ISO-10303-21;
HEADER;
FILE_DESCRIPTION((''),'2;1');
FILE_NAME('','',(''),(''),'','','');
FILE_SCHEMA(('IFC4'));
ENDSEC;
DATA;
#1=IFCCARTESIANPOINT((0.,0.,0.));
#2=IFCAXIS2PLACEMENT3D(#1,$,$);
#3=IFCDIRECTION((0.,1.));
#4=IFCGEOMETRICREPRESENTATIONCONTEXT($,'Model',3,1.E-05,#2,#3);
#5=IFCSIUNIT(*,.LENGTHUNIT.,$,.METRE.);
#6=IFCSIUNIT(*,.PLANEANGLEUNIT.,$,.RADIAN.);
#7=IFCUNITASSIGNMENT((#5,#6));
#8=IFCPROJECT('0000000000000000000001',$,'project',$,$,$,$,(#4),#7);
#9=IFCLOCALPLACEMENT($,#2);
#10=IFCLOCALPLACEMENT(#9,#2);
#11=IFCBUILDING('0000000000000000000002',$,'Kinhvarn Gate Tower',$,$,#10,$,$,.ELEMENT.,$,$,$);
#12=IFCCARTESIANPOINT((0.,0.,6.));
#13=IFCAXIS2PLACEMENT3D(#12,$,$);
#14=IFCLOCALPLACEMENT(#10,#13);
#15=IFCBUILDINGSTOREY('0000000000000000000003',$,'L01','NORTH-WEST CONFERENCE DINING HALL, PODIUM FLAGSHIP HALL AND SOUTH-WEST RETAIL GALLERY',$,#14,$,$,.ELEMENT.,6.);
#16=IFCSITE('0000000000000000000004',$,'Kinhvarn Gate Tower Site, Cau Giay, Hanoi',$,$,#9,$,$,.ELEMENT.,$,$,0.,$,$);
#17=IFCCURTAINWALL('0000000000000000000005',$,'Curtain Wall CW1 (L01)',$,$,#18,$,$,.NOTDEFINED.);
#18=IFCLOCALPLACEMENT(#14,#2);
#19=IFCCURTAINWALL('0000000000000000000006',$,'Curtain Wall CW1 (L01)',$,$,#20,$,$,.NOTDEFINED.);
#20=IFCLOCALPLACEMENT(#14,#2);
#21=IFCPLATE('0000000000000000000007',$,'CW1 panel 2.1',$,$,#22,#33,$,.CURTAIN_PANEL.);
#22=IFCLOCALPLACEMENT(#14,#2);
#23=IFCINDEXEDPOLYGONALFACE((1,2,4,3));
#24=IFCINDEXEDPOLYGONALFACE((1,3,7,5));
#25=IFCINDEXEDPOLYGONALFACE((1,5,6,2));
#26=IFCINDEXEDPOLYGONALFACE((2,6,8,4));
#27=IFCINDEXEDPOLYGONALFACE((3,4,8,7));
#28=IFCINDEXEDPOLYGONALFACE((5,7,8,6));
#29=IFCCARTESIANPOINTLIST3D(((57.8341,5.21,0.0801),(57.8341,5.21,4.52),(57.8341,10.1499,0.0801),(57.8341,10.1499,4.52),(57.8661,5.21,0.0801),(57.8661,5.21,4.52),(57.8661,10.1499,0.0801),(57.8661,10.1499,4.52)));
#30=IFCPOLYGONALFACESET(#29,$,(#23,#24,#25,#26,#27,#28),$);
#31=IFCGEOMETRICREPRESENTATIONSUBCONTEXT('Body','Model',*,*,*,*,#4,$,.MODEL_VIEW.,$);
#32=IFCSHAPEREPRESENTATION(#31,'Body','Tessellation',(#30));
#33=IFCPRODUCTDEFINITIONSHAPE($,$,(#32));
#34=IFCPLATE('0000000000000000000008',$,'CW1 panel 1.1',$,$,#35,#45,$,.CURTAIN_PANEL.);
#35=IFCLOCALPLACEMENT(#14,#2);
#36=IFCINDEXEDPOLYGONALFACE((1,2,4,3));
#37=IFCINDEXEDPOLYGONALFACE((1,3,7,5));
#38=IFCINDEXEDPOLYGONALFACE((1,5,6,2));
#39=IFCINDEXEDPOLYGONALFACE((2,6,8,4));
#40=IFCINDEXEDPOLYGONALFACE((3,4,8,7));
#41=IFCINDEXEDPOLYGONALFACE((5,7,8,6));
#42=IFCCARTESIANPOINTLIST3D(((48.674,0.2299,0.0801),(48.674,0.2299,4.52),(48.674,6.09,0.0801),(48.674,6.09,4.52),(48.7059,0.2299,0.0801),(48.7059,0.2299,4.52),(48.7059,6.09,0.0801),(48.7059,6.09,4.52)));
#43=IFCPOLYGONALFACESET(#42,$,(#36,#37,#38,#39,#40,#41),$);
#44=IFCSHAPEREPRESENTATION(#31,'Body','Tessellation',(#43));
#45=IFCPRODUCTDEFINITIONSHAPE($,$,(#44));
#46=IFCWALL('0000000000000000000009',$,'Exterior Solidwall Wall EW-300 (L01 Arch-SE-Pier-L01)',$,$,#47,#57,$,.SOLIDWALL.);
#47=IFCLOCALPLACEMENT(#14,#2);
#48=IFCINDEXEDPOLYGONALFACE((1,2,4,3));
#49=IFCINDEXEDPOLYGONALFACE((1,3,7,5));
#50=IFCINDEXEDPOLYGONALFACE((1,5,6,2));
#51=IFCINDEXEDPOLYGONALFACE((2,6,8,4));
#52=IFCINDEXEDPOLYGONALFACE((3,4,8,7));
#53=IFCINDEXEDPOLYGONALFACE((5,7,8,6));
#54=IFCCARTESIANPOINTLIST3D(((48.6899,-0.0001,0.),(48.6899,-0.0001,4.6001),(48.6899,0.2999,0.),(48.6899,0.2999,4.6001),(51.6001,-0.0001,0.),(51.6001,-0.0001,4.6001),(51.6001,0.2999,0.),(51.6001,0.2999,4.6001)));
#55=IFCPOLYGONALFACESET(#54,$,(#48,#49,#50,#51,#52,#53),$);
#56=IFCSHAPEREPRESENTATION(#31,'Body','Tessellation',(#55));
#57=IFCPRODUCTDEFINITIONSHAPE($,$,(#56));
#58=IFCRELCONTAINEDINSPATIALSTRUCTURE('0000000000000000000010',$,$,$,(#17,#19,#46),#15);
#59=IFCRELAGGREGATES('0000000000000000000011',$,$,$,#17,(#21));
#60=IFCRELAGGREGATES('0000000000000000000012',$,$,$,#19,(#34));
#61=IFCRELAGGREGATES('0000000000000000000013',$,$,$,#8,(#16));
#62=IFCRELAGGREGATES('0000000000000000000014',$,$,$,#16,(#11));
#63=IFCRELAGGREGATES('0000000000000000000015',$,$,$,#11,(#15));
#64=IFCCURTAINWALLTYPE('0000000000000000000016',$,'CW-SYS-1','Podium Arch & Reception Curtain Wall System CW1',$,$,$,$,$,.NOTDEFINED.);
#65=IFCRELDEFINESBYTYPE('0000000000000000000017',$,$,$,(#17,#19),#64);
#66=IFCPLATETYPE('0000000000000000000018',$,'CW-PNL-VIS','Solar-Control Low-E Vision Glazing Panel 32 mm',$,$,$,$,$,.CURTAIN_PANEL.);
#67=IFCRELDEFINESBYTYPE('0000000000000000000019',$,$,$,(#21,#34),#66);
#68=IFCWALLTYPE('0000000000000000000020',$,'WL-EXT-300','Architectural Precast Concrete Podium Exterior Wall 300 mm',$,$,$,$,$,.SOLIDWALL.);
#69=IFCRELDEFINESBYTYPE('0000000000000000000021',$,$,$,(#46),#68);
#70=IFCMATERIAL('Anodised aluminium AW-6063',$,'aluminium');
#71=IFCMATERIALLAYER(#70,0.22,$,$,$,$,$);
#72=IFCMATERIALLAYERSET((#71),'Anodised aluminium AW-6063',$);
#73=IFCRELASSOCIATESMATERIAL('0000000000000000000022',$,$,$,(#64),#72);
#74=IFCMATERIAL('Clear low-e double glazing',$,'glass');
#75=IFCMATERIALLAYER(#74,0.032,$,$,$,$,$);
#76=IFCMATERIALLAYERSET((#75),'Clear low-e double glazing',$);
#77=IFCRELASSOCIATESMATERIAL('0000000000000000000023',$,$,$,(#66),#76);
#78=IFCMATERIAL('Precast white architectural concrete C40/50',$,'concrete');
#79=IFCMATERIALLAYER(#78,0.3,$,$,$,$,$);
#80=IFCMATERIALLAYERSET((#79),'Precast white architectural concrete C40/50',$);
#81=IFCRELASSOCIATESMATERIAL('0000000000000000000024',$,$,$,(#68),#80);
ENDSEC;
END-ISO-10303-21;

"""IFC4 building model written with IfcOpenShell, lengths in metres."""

from ifc_helpers import new_model, si_unit, direction, frame, frame_2d, origin, origin_2d, place, context, subcontext, project, spatial, rectangle, extrude, material, layer, layer_set, type_object, element, aggregate, save


model = new_model("IFC4")

# Units and contexts
model_context = context("Model", 3, precision=1e-05, world=origin(), true_north=direction((0.0, 1.0)))
body_context = subcontext(model_context, "Body", "Model", "MODEL_VIEW")
ifc_project = project(units=[si_unit("LENGTHUNIT", "METRE"), si_unit("PLANEANGLEUNIT", "RADIAN")], contexts=[model_context])

# Site, building, storey
site_placement = place(None, origin())
site = spatial("IfcSite", under=ifc_project, at=site_placement, Name="Kinhvarn Gate Tower Site, Cau Giay, Hanoi", CompositionType="ELEMENT", RefElevation=0.0)
building_placement = place(site_placement, origin())
building = spatial("IfcBuilding", under=site, at=building_placement, Name="Kinhvarn Gate Tower", CompositionType="ELEMENT")
storey_placement = place(building_placement, frame((0.0, 0.0, 6.0)))
storey = spatial("IfcBuildingStorey", under=building, at=storey_placement, Name="L01", Description="NORTH-WEST CONFERENCE DINING HALL, PODIUM FLAGSHIP HALL AND SOUTH-WEST RETAIL GALLERY", CompositionType="ELEMENT", Elevation=6.0)

# Curtain wall
ifc_material_1 = material(Name="Anodised aluminium AW-6063", Category="aluminium")
ifc_layer_1 = layer(ifc_material_1, 0.22)
ifc_layer_set_1 = layer_set([ifc_layer_1], Name="Anodised aluminium AW-6063")
curtain_wall_type = type_object("IfcCurtainWallType", Name="CW-SYS-1", Description="Podium Arch & Reception Curtain Wall System CW1", PredefinedType="NOTDEFINED", material=ifc_layer_set_1)
curtain_wall_1_placement = place(storey_placement, origin())
curtain_wall_1 = element("IfcCurtainWall", 1, at=curtain_wall_1_placement, inside=storey, type_object=curtain_wall_type, Name="Curtain Wall CW1 (L01)", PredefinedType="NOTDEFINED")

# Curtain wall
curtain_wall_2_placement = place(storey_placement, origin())
curtain_wall_2 = element("IfcCurtainWall", 2, at=curtain_wall_2_placement, inside=storey, type_object=curtain_wall_type, Name="Curtain Wall CW1 (L01)", PredefinedType="NOTDEFINED")

# Plates
ifc_material_2 = material(Name="Clear low-e double glazing", Category="glass")
ifc_layer_2 = layer(ifc_material_2, 0.032)
ifc_layer_set_2 = layer_set([ifc_layer_2], Name="Clear low-e double glazing")
plate_type = type_object("IfcPlateType", Name="CW-PNL-VIS", Description="Solar-Control Low-E Vision Glazing Panel 32 mm", PredefinedType="CURTAIN_PANEL", material=ifc_layer_set_2)
plate_1_placement = place(storey_placement, frame((57.8501, 7.6799, 0.0801), z_axis=(0.0, 0.0, 1.0), x_axis=(0.0, 1.0, 0.0)))
plate_1 = element("IfcPlate", 3, at=plate_1_placement, type_object=plate_type, Name="CW1 panel 2.1", PredefinedType="CURTAIN_PANEL", context=body_context, shape_type="SweptSolid", body=[
    extrude(rectangle(XDim=4.9399, YDim=0.032, at=origin_2d()), origin(), (0.0, 0.0, 1.0), 4.4399),
])
aggregate(curtain_wall_1, [plate_1])
plate_2_placement = place(storey_placement, frame((48.6899, 3.1599, 0.0801), z_axis=(0.0, 0.0, 1.0), x_axis=(0.0, -1.0, 0.0)))
plate_2 = element("IfcPlate", 4, at=plate_2_placement, type_object=plate_type, Name="CW1 panel 1.1", PredefinedType="CURTAIN_PANEL", context=body_context, shape_type="SweptSolid", body=[
    extrude(rectangle(XDim=5.8601, YDim=0.032, at=origin_2d()), origin(), (0.0, 0.0, 1.0), 4.4399),
])
aggregate(curtain_wall_2, [plate_2])

# Wall
ifc_material_3 = material(Name="Precast white architectural concrete C40/50", Category="concrete")
ifc_layer_3 = layer(ifc_material_3, 0.3)
ifc_layer_set_3 = layer_set([ifc_layer_3], Name="Precast white architectural concrete C40/50")
wall_type = type_object("IfcWallType", Name="WL-EXT-300", Description="Architectural Precast Concrete Podium Exterior Wall 300 mm", PredefinedType="SOLIDWALL", material=ifc_layer_set_3)
wall_placement = place(storey_placement, frame((48.6899, 0.1499, 0.0), z_axis=(0.0, 0.0, 1.0), x_axis=(1.0, 0.0, 0.0)))
element("IfcWall", 5, at=wall_placement, inside=storey, type_object=wall_type, Name="Exterior Solidwall Wall EW-300 (L01 Arch-SE-Pier-L01)", PredefinedType="SOLIDWALL", context=body_context, shape_type="SweptSolid", body=[
    extrude(rectangle(XDim=2.9102, YDim=0.3, at=frame_2d((1.4551, 0.0))), origin(), (0.0, 0.0, 1.0), 4.6001),
])

save(model, "model.ifc")
